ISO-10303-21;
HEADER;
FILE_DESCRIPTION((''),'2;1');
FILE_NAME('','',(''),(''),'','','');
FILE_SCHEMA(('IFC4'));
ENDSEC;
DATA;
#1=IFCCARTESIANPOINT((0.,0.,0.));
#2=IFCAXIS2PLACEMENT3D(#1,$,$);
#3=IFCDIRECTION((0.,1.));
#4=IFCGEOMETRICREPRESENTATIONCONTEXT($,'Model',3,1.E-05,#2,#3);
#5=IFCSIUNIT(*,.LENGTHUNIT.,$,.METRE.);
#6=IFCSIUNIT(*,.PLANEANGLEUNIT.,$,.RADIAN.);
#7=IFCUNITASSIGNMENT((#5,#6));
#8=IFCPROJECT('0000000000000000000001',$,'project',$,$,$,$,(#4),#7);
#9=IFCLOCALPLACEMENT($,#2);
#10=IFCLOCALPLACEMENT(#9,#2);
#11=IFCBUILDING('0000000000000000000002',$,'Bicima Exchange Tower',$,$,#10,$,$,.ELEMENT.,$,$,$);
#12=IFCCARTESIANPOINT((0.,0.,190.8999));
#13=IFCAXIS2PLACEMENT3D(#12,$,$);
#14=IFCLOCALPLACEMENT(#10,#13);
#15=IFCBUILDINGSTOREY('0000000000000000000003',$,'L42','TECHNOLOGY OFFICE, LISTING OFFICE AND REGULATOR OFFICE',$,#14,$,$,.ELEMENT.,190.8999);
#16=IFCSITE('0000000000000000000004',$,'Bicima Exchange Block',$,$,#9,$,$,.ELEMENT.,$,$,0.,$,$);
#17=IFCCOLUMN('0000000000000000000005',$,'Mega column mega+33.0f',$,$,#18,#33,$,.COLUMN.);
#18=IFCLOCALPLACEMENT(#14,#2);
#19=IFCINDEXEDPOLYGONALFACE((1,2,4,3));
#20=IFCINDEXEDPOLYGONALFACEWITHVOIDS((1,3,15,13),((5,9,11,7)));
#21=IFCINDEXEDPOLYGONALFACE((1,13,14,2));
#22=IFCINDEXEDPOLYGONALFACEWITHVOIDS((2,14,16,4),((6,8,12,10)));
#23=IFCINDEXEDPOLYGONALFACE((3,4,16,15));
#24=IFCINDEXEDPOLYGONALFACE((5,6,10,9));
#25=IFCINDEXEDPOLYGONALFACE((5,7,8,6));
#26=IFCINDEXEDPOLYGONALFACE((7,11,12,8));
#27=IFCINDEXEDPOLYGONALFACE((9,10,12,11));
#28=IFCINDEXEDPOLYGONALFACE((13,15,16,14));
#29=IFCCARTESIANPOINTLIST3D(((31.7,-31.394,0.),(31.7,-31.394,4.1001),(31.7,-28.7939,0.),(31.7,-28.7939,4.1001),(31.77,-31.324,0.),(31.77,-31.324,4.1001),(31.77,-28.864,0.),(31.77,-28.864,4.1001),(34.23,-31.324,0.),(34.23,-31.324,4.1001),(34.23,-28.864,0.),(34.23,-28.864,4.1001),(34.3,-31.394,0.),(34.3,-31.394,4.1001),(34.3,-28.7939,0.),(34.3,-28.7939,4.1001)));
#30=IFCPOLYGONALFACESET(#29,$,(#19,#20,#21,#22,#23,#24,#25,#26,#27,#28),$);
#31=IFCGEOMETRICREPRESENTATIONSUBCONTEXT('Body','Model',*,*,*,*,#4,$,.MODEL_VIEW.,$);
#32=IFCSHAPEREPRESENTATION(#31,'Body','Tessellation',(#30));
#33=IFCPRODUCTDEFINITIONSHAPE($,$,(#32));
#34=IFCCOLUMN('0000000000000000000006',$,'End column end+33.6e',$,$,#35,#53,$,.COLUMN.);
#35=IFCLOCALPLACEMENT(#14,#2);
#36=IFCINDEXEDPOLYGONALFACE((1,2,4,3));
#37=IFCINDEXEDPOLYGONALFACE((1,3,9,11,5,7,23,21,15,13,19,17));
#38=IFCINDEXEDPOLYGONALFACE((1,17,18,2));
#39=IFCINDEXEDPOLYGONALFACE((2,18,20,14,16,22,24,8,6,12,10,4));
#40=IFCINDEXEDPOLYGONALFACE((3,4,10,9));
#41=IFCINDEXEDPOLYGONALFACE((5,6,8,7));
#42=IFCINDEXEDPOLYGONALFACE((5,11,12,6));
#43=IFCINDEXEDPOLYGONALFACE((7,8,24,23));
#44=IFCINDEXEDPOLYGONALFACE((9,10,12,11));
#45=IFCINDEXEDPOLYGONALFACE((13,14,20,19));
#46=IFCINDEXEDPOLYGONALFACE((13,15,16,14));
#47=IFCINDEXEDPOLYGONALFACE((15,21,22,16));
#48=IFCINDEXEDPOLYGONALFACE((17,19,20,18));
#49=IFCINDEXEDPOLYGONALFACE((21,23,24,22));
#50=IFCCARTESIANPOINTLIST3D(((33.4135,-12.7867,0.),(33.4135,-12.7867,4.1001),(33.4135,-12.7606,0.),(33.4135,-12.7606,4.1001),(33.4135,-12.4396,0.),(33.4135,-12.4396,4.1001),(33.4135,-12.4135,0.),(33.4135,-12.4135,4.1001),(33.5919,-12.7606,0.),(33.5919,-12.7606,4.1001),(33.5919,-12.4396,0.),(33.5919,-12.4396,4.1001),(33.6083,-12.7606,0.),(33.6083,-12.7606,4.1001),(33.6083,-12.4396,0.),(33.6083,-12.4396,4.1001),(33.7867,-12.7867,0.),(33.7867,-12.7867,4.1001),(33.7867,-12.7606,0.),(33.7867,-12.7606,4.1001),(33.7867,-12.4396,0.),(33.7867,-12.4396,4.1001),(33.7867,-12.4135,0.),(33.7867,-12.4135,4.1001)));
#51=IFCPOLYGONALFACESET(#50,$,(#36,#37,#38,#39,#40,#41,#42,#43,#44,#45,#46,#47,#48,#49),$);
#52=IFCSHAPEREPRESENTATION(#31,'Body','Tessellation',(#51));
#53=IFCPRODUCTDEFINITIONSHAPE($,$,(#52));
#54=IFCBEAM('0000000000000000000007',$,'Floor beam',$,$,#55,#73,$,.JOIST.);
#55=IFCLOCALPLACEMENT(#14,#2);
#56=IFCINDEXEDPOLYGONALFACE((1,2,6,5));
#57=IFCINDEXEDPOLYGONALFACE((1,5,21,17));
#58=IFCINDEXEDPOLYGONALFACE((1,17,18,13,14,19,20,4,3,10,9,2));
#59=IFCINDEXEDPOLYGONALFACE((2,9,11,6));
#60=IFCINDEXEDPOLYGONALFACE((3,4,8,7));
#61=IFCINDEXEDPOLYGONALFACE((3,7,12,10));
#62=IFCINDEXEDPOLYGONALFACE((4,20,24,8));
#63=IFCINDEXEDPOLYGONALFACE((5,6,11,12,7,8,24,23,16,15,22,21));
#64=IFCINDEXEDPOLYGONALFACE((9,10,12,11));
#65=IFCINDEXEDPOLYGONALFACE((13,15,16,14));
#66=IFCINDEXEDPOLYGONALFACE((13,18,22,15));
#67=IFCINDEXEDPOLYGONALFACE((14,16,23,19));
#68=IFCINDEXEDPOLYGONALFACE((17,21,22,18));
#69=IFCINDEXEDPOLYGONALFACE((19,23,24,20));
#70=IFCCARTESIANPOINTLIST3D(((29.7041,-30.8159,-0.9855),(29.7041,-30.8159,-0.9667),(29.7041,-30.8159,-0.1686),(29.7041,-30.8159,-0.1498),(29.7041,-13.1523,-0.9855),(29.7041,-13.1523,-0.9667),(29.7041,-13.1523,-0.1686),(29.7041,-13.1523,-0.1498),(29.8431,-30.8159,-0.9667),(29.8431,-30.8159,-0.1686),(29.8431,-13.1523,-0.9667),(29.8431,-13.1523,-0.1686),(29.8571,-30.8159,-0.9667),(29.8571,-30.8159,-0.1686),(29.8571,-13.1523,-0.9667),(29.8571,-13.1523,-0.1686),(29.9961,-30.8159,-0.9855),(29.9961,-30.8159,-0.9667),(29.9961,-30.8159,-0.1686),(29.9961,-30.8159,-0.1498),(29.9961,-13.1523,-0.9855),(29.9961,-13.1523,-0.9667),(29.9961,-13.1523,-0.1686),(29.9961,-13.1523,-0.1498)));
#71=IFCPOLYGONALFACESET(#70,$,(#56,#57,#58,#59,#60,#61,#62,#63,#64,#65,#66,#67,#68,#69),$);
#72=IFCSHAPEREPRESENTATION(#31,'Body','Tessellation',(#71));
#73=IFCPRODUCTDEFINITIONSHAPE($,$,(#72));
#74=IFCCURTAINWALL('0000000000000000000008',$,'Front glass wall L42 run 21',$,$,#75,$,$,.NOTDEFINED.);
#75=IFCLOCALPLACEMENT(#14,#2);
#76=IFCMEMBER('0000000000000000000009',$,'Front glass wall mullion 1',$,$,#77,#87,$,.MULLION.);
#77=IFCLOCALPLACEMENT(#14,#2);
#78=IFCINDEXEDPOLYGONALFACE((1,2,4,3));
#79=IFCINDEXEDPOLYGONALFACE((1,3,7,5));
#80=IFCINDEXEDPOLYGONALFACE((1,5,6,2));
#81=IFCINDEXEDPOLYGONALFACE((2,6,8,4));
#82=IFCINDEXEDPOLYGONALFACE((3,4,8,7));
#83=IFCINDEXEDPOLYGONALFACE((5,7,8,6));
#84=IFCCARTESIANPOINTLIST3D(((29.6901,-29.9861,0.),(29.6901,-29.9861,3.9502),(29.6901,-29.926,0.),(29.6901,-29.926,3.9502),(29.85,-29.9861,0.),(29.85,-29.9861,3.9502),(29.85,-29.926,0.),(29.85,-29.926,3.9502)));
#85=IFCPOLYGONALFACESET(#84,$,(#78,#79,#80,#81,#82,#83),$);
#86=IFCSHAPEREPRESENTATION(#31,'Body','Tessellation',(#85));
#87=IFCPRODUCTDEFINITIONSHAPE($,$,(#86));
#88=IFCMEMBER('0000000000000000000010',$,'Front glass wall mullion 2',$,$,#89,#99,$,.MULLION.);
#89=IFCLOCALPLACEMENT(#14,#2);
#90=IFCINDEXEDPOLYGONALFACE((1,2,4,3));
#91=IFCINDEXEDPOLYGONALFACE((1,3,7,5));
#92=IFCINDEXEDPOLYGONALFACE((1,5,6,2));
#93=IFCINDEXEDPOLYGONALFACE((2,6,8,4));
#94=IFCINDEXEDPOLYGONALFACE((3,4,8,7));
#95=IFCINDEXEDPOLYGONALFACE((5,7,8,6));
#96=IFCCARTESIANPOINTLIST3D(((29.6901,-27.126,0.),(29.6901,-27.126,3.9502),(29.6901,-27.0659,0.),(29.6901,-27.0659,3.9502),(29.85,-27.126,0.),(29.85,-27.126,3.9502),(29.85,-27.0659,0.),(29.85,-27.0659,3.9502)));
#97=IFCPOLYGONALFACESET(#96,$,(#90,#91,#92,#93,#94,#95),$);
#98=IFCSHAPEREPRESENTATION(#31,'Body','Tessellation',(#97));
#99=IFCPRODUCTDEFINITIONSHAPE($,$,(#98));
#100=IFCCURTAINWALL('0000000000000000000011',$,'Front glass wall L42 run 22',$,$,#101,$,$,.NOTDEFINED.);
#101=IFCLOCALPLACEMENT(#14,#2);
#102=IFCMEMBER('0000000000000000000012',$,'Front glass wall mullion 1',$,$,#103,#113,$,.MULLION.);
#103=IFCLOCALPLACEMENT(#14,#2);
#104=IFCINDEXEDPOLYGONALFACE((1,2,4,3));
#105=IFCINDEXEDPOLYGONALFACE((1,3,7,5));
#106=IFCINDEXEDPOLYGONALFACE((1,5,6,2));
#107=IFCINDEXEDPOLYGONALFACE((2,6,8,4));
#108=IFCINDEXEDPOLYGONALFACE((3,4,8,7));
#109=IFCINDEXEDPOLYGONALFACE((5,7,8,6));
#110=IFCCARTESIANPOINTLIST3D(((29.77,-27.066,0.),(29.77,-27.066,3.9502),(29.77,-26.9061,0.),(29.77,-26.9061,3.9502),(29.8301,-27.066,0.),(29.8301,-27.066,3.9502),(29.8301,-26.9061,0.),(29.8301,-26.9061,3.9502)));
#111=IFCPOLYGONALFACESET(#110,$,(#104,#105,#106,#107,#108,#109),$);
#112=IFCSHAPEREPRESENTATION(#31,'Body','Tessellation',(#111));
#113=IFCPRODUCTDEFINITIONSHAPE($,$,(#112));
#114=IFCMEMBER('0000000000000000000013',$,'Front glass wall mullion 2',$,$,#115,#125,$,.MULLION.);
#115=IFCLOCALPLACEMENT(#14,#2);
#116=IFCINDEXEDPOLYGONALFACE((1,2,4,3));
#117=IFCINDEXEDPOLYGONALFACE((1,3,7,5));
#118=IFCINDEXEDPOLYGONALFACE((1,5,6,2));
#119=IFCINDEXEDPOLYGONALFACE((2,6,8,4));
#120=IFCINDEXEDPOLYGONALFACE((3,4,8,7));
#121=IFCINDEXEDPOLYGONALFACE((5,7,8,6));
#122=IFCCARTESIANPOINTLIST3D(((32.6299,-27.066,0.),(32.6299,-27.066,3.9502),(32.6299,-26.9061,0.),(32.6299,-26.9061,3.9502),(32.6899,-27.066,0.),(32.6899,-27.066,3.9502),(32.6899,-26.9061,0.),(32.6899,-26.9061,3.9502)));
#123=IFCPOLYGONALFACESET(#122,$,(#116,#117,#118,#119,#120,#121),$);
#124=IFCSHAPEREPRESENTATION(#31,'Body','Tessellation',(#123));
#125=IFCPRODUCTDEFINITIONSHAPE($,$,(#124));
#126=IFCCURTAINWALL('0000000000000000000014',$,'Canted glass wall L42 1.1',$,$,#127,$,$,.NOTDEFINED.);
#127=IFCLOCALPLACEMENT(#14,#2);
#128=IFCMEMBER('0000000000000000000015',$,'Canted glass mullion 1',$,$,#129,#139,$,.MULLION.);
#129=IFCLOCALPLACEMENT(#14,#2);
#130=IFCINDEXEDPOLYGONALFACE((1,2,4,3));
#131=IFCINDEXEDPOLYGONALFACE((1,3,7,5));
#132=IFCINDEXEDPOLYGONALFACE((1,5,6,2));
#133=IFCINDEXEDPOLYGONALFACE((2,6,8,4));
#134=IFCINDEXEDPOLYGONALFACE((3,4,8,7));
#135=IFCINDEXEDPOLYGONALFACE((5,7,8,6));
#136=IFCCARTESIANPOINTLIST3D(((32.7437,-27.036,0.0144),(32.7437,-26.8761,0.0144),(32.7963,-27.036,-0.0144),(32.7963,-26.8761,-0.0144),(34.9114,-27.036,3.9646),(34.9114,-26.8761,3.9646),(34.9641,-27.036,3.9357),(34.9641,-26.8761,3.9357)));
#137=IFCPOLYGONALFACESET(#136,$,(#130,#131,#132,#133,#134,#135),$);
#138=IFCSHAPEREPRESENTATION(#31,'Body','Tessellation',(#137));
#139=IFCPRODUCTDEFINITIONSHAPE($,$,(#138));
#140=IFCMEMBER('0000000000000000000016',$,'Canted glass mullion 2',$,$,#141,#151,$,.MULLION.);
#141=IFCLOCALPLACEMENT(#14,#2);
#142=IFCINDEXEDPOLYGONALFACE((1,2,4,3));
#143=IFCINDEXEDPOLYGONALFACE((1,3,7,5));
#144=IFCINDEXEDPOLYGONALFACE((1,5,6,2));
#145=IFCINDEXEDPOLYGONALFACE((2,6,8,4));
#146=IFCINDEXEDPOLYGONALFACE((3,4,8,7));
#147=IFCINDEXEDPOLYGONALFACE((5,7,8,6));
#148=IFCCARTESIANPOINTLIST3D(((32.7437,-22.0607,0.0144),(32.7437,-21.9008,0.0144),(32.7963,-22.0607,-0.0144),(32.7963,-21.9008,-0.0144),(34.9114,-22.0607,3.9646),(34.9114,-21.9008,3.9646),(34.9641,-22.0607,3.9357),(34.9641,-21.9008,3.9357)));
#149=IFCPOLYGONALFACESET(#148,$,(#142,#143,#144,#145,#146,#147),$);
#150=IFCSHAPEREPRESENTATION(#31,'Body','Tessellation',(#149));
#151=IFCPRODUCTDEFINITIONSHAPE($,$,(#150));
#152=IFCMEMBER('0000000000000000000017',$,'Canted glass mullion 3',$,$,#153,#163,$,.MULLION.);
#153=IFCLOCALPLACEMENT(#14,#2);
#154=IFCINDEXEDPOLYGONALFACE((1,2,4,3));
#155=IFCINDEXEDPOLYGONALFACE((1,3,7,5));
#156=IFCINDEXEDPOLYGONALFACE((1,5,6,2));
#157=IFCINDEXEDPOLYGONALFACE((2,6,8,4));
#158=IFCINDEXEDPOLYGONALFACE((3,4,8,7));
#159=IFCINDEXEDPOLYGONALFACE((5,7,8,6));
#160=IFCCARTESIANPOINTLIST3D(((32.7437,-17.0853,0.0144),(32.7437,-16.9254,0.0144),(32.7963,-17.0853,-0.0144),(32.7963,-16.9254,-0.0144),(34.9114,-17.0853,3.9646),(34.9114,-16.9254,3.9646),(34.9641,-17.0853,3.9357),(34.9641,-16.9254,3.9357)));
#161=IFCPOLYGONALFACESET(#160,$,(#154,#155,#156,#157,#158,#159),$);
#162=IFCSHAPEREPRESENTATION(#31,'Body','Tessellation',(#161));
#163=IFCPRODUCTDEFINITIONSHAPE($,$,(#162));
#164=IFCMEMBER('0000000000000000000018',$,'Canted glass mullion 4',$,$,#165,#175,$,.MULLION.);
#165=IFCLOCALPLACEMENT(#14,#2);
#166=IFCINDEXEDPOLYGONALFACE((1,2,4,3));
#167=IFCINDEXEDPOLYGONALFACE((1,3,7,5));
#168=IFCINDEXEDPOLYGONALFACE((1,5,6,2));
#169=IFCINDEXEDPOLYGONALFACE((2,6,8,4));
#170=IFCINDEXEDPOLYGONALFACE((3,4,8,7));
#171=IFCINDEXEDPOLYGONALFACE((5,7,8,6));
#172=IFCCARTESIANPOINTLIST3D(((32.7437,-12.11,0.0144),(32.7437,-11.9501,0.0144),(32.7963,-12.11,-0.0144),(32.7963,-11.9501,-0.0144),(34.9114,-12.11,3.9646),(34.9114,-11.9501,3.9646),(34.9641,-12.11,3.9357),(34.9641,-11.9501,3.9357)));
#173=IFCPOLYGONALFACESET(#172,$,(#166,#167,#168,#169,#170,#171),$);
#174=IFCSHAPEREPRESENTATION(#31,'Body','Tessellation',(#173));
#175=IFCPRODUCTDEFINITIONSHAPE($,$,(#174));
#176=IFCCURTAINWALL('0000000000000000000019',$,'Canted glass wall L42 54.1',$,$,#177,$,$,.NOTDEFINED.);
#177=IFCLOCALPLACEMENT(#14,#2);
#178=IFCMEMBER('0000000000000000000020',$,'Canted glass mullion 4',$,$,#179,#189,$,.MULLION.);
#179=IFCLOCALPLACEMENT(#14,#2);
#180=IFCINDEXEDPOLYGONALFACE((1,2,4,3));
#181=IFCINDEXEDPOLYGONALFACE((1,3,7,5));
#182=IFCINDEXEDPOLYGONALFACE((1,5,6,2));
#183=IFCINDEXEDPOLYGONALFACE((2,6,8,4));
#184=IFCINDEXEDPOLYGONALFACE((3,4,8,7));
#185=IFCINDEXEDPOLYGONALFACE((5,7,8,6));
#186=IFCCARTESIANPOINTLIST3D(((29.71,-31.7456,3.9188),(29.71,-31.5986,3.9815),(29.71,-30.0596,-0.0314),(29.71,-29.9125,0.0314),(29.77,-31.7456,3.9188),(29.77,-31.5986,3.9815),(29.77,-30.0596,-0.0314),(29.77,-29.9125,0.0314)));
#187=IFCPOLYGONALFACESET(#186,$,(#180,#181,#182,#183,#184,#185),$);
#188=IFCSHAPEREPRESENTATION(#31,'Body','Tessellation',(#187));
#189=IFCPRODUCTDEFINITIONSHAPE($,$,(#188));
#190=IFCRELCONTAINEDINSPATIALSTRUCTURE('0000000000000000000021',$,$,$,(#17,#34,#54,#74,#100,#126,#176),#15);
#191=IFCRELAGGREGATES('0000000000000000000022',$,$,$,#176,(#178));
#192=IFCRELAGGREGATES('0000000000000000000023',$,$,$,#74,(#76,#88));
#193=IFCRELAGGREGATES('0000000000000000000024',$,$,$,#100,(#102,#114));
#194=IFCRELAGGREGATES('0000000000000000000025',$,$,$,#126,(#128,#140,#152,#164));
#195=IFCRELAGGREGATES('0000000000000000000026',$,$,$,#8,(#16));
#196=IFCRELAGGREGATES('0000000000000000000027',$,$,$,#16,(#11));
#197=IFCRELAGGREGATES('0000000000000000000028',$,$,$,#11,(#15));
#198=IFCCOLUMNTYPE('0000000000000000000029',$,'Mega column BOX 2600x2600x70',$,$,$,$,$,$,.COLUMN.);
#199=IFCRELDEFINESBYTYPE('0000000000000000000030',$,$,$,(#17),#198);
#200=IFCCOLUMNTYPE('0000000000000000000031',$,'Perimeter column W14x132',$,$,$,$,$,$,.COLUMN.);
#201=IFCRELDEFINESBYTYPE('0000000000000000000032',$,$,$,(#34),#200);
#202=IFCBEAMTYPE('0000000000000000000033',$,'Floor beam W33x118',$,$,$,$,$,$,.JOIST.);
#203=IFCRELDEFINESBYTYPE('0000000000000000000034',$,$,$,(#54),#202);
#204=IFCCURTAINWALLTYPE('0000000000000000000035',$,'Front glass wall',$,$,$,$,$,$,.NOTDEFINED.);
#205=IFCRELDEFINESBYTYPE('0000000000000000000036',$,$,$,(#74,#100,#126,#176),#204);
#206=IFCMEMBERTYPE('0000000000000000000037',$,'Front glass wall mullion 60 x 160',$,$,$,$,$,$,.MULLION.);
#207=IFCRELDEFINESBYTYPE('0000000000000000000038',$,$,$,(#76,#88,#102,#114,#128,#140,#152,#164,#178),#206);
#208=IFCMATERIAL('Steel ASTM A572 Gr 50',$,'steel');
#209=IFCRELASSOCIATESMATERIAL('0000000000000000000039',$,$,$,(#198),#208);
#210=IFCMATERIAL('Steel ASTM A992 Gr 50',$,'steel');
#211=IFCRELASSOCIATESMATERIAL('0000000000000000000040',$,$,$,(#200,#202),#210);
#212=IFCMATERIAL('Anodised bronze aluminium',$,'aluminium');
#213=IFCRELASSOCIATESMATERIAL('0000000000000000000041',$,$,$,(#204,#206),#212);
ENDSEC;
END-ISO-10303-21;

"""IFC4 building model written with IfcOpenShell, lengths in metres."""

from ifc_helpers import new_model, si_unit, direction, frame, origin, origin_2d, place, context, subcontext, project, spatial, rectangle, hollow_rectangle, i_section, extrude, material, material_profile, profile_set, type_object, element, aggregate, save


model = new_model("IFC4")

# Units and contexts
model_context = context("Model", 3, precision=1e-05, world=origin(), true_north=direction((0.0, 1.0)))
body_context = subcontext(model_context, "Body", "Model", "MODEL_VIEW")
ifc_project = project(units=[si_unit("LENGTHUNIT", "METRE"), si_unit("PLANEANGLEUNIT", "RADIAN")], contexts=[model_context])

# Site, building, storey
site_placement = place(None, origin())
site = spatial("IfcSite", under=ifc_project, at=site_placement, Name="Bicima Exchange Block", CompositionType="ELEMENT", RefElevation=0.0)
building_placement = place(site_placement, origin())
building = spatial("IfcBuilding", under=site, at=building_placement, Name="Bicima Exchange Tower", CompositionType="ELEMENT")
storey_placement = place(building_placement, frame((0.0, 0.0, 190.8999)))
storey = spatial("IfcBuildingStorey", under=building, at=storey_placement, Name="L42", Description="TECHNOLOGY OFFICE, LISTING OFFICE AND REGULATOR OFFICE", CompositionType="ELEMENT", Elevation=190.8999)

# Columns
ifc_material_1 = material(Name="Steel ASTM A572 Gr 50", Category="steel")
ifc_material_profile_1 = material_profile(ifc_material_1, hollow_rectangle(XDim=2.6001, YDim=2.6001, WallThickness=0.0701, at=origin_2d()))
ifc_profile_set_1 = profile_set([ifc_material_profile_1], Name="Steel ASTM A572 Gr 50")
column_type_1 = type_object("IfcColumnType", Name="Mega column BOX 2600x2600x70", PredefinedType="COLUMN", material=ifc_profile_set_1)
column_1_placement = place(storey_placement, frame((33.0, -30.094, 0.0), z_axis=(0.0, 0.0, 1.0), x_axis=(1.0, 0.0, 0.0)))
element("IfcColumn", 1, at=column_1_placement, inside=storey, type_object=column_type_1, Name="Mega column mega+33.0f", PredefinedType="COLUMN", context=body_context, shape_type="SweptSolid", body=[
    extrude(hollow_rectangle(XDim=2.6001, YDim=2.6001, WallThickness=0.0701, at=origin_2d()), origin(), (0.0, 0.0, 1.0), 4.1001),
])
ifc_material_2 = material(Name="Steel ASTM A992 Gr 50", Category="steel")
ifc_material_profile_2 = material_profile(ifc_material_2, i_section(OverallWidth=0.3733, OverallDepth=0.3733, WebThickness=0.0164, FlangeThickness=0.0261, at=origin_2d()))
ifc_profile_set_2 = profile_set([ifc_material_profile_2], Name="Steel ASTM A992 Gr 50")
column_type_2 = type_object("IfcColumnType", Name="Perimeter column W14x132", PredefinedType="COLUMN", material=ifc_profile_set_2)
column_2_placement = place(storey_placement, frame((33.6001, -12.6001, 0.0), z_axis=(0.0, 0.0, 1.0), x_axis=(1.0, 0.0, 0.0)))
element("IfcColumn", 2, at=column_2_placement, inside=storey, type_object=column_type_2, Name="End column end+33.6e", PredefinedType="COLUMN", context=body_context, shape_type="SweptSolid", body=[
    extrude(i_section(OverallWidth=0.3733, OverallDepth=0.3733, WebThickness=0.0164, FlangeThickness=0.0261, at=origin_2d()), origin(), (0.0, 0.0, 1.0), 4.1001),
])

# Beam
ifc_material_profile_3 = material_profile(ifc_material_2, i_section(OverallWidth=0.292, OverallDepth=0.8357, WebThickness=0.0139, FlangeThickness=0.0188, at=origin_2d()))
ifc_profile_set_3 = profile_set([ifc_material_profile_3], Name="Steel ASTM A992 Gr 50")
beam_type = type_object("IfcBeamType", Name="Floor beam W33x118", PredefinedType="JOIST", material=ifc_profile_set_3)
beam_placement = place(storey_placement, frame((29.8501, -13.1523, -0.5676), z_axis=(0.0, -1.0, 0.0), x_axis=(1.0, 0.0, 0.0)))
element("IfcBeam", 3, at=beam_placement, inside=storey, type_object=beam_type, Name="Floor beam", PredefinedType="JOIST", context=body_context, shape_type="SweptSolid", body=[
    extrude(i_section(OverallWidth=0.292, OverallDepth=0.8357, WebThickness=0.0139, FlangeThickness=0.0188, at=origin_2d()), origin(), (0.0, 0.0, 1.0), 17.6636),
])

# Curtain walls, members
ifc_material_3 = material(Name="Anodised bronze aluminium", Category="aluminium")
curtain_wall_type = type_object("IfcCurtainWallType", Name="Front glass wall", PredefinedType="NOTDEFINED", material=ifc_material_3)
curtain_wall_1_placement = place(storey_placement, origin())
curtain_wall_1 = element("IfcCurtainWall", 4, at=curtain_wall_1_placement, inside=storey, type_object=curtain_wall_type, Name="Front glass wall L42 run 21", PredefinedType="NOTDEFINED")
ifc_material_profile_4 = material_profile(ifc_material_3, rectangle(XDim=0.1599, YDim=0.0601, at=origin_2d()))
ifc_profile_set_4 = profile_set([ifc_material_profile_4], Name="Anodised bronze aluminium")
member_type_1 = type_object("IfcMemberType", Name="Front glass wall mullion 60 x 160", PredefinedType="MULLION", material=ifc_profile_set_4)
member_1_placement = place(storey_placement, frame((29.77, -29.9561, 0.0), z_axis=(0.0, 0.0, 1.0), x_axis=(-1.0, 0.0, 0.0)))
member_1 = element("IfcMember", 5, at=member_1_placement, type_object=member_type_1, Name="Front glass wall mullion 1", PredefinedType="MULLION", context=body_context, shape_type="SweptSolid", body=[
    extrude(rectangle(XDim=0.1599, YDim=0.0601, at=origin_2d()), origin(), (0.0, 0.0, 1.0), 3.9502),
])
member_2_placement = place(storey_placement, frame((29.77, -27.0959, 0.0), z_axis=(0.0, 0.0, 1.0), x_axis=(-1.0, 0.0, 0.0)))
member_2 = element("IfcMember", 6, at=member_2_placement, type_object=member_type_1, Name="Front glass wall mullion 2", PredefinedType="MULLION", context=body_context, shape_type="SweptSolid", body=[
    extrude(rectangle(XDim=0.1599, YDim=0.0601, at=origin_2d()), origin(), (0.0, 0.0, 1.0), 3.9502),
])
curtain_wall_2_placement = place(storey_placement, origin())
curtain_wall_2 = element("IfcCurtainWall", 7, at=curtain_wall_2_placement, inside=storey, type_object=curtain_wall_type, Name="Front glass wall L42 run 22", PredefinedType="NOTDEFINED")
member_3_placement = place(storey_placement, frame((29.8, -26.9861, 0.0), z_axis=(0.0, 0.0, 1.0), x_axis=(0.0, 1.0, 0.0)))
member_3 = element("IfcMember", 8, at=member_3_placement, type_object=member_type_1, Name="Front glass wall mullion 1", PredefinedType="MULLION", context=body_context, shape_type="SweptSolid", body=[
    extrude(rectangle(XDim=0.1599, YDim=0.0601, at=origin_2d()), origin(), (0.0, 0.0, 1.0), 3.9502),
])
member_4_placement = place(storey_placement, frame((32.6599, -26.9861, 0.0), z_axis=(0.0, 0.0, 1.0), x_axis=(0.0, 1.0, 0.0)))
member_4 = element("IfcMember", 9, at=member_4_placement, type_object=member_type_1, Name="Front glass wall mullion 2", PredefinedType="MULLION", context=body_context, shape_type="SweptSolid", body=[
    extrude(rectangle(XDim=0.1599, YDim=0.0601, at=origin_2d()), origin(), (0.0, 0.0, 1.0), 3.9502),
])
curtain_wall_3_placement = place(storey_placement, origin())
curtain_wall_3 = element("IfcCurtainWall", 10, at=curtain_wall_3_placement, inside=storey, type_object=curtain_wall_type, Name="Canted glass wall L42 1.1", PredefinedType="NOTDEFINED")
member_5_placement = place(storey_placement, frame((32.77, -26.9561, 0.0), z_axis=(0.481087, 0.0, 0.876673), x_axis=(0.0, -1.0, 0.0)))
member_5 = element("IfcMember", 11, at=member_5_placement, type_object=member_type_1, Name="Canted glass mullion 1", PredefinedType="MULLION", context=body_context, shape_type="SweptSolid", body=[
    extrude(rectangle(XDim=0.1599, YDim=0.0601, at=origin_2d()), origin(), (0.0, 0.0, 1.0), 4.5059),
])
member_6_placement = place(storey_placement, frame((32.77, -21.9807, 0.0), z_axis=(0.481087, 0.0, 0.876673), x_axis=(0.0, -1.0, 0.0)))
member_6 = element("IfcMember", 12, at=member_6_placement, type_object=member_type_1, Name="Canted glass mullion 2", PredefinedType="MULLION", context=body_context, shape_type="SweptSolid", body=[
    extrude(rectangle(XDim=0.1599, YDim=0.0601, at=origin_2d()), origin(), (0.0, 0.0, 1.0), 4.5059),
])
member_7_placement = place(storey_placement, frame((32.77, -17.0054, 0.0), z_axis=(0.481087, 0.0, 0.876673), x_axis=(0.0, -1.0, 0.0)))
member_7 = element("IfcMember", 13, at=member_7_placement, type_object=member_type_1, Name="Canted glass mullion 3", PredefinedType="MULLION", context=body_context, shape_type="SweptSolid", body=[
    extrude(rectangle(XDim=0.1599, YDim=0.0601, at=origin_2d()), origin(), (0.0, 0.0, 1.0), 4.5059),
])
member_8_placement = place(storey_placement, frame((32.77, -12.03, 0.0), z_axis=(0.481087, 0.0, 0.876673), x_axis=(0.0, -1.0, 0.0)))
member_8 = element("IfcMember", 14, at=member_8_placement, type_object=member_type_1, Name="Canted glass mullion 4", PredefinedType="MULLION", context=body_context, shape_type="SweptSolid", body=[
    extrude(rectangle(XDim=0.1599, YDim=0.0601, at=origin_2d()), origin(), (0.0, 0.0, 1.0), 4.5059),
])

# Curtain wall, member
curtain_wall_4_placement = place(storey_placement, origin())
curtain_wall_4 = element("IfcCurtainWall", 15, at=curtain_wall_4_placement, inside=storey, type_object=curtain_wall_type, Name="Canted glass wall L42 54.1", PredefinedType="NOTDEFINED")
member_9_placement = place(storey_placement, frame((29.74, -29.9861, 0.0), z_axis=(0.0, -0.392561, 0.919726), x_axis=(0.0, 0.919726, 0.392561)))
member_9 = element("IfcMember", 16, at=member_9_placement, type_object=member_type_1, Name="Canted glass mullion 4", PredefinedType="MULLION", context=body_context, shape_type="SweptSolid", body=[
    extrude(rectangle(XDim=0.1599, YDim=0.0601, at=origin_2d()), origin(), (0.0, 0.0, 1.0), 4.2949),
])
aggregate(curtain_wall_4, [member_9])

aggregate(curtain_wall_1, [member_1, member_2])
aggregate(curtain_wall_2, [member_3, member_4])
aggregate(curtain_wall_3, [member_5, member_6, member_7, member_8])

save(model, "model.ifc")
